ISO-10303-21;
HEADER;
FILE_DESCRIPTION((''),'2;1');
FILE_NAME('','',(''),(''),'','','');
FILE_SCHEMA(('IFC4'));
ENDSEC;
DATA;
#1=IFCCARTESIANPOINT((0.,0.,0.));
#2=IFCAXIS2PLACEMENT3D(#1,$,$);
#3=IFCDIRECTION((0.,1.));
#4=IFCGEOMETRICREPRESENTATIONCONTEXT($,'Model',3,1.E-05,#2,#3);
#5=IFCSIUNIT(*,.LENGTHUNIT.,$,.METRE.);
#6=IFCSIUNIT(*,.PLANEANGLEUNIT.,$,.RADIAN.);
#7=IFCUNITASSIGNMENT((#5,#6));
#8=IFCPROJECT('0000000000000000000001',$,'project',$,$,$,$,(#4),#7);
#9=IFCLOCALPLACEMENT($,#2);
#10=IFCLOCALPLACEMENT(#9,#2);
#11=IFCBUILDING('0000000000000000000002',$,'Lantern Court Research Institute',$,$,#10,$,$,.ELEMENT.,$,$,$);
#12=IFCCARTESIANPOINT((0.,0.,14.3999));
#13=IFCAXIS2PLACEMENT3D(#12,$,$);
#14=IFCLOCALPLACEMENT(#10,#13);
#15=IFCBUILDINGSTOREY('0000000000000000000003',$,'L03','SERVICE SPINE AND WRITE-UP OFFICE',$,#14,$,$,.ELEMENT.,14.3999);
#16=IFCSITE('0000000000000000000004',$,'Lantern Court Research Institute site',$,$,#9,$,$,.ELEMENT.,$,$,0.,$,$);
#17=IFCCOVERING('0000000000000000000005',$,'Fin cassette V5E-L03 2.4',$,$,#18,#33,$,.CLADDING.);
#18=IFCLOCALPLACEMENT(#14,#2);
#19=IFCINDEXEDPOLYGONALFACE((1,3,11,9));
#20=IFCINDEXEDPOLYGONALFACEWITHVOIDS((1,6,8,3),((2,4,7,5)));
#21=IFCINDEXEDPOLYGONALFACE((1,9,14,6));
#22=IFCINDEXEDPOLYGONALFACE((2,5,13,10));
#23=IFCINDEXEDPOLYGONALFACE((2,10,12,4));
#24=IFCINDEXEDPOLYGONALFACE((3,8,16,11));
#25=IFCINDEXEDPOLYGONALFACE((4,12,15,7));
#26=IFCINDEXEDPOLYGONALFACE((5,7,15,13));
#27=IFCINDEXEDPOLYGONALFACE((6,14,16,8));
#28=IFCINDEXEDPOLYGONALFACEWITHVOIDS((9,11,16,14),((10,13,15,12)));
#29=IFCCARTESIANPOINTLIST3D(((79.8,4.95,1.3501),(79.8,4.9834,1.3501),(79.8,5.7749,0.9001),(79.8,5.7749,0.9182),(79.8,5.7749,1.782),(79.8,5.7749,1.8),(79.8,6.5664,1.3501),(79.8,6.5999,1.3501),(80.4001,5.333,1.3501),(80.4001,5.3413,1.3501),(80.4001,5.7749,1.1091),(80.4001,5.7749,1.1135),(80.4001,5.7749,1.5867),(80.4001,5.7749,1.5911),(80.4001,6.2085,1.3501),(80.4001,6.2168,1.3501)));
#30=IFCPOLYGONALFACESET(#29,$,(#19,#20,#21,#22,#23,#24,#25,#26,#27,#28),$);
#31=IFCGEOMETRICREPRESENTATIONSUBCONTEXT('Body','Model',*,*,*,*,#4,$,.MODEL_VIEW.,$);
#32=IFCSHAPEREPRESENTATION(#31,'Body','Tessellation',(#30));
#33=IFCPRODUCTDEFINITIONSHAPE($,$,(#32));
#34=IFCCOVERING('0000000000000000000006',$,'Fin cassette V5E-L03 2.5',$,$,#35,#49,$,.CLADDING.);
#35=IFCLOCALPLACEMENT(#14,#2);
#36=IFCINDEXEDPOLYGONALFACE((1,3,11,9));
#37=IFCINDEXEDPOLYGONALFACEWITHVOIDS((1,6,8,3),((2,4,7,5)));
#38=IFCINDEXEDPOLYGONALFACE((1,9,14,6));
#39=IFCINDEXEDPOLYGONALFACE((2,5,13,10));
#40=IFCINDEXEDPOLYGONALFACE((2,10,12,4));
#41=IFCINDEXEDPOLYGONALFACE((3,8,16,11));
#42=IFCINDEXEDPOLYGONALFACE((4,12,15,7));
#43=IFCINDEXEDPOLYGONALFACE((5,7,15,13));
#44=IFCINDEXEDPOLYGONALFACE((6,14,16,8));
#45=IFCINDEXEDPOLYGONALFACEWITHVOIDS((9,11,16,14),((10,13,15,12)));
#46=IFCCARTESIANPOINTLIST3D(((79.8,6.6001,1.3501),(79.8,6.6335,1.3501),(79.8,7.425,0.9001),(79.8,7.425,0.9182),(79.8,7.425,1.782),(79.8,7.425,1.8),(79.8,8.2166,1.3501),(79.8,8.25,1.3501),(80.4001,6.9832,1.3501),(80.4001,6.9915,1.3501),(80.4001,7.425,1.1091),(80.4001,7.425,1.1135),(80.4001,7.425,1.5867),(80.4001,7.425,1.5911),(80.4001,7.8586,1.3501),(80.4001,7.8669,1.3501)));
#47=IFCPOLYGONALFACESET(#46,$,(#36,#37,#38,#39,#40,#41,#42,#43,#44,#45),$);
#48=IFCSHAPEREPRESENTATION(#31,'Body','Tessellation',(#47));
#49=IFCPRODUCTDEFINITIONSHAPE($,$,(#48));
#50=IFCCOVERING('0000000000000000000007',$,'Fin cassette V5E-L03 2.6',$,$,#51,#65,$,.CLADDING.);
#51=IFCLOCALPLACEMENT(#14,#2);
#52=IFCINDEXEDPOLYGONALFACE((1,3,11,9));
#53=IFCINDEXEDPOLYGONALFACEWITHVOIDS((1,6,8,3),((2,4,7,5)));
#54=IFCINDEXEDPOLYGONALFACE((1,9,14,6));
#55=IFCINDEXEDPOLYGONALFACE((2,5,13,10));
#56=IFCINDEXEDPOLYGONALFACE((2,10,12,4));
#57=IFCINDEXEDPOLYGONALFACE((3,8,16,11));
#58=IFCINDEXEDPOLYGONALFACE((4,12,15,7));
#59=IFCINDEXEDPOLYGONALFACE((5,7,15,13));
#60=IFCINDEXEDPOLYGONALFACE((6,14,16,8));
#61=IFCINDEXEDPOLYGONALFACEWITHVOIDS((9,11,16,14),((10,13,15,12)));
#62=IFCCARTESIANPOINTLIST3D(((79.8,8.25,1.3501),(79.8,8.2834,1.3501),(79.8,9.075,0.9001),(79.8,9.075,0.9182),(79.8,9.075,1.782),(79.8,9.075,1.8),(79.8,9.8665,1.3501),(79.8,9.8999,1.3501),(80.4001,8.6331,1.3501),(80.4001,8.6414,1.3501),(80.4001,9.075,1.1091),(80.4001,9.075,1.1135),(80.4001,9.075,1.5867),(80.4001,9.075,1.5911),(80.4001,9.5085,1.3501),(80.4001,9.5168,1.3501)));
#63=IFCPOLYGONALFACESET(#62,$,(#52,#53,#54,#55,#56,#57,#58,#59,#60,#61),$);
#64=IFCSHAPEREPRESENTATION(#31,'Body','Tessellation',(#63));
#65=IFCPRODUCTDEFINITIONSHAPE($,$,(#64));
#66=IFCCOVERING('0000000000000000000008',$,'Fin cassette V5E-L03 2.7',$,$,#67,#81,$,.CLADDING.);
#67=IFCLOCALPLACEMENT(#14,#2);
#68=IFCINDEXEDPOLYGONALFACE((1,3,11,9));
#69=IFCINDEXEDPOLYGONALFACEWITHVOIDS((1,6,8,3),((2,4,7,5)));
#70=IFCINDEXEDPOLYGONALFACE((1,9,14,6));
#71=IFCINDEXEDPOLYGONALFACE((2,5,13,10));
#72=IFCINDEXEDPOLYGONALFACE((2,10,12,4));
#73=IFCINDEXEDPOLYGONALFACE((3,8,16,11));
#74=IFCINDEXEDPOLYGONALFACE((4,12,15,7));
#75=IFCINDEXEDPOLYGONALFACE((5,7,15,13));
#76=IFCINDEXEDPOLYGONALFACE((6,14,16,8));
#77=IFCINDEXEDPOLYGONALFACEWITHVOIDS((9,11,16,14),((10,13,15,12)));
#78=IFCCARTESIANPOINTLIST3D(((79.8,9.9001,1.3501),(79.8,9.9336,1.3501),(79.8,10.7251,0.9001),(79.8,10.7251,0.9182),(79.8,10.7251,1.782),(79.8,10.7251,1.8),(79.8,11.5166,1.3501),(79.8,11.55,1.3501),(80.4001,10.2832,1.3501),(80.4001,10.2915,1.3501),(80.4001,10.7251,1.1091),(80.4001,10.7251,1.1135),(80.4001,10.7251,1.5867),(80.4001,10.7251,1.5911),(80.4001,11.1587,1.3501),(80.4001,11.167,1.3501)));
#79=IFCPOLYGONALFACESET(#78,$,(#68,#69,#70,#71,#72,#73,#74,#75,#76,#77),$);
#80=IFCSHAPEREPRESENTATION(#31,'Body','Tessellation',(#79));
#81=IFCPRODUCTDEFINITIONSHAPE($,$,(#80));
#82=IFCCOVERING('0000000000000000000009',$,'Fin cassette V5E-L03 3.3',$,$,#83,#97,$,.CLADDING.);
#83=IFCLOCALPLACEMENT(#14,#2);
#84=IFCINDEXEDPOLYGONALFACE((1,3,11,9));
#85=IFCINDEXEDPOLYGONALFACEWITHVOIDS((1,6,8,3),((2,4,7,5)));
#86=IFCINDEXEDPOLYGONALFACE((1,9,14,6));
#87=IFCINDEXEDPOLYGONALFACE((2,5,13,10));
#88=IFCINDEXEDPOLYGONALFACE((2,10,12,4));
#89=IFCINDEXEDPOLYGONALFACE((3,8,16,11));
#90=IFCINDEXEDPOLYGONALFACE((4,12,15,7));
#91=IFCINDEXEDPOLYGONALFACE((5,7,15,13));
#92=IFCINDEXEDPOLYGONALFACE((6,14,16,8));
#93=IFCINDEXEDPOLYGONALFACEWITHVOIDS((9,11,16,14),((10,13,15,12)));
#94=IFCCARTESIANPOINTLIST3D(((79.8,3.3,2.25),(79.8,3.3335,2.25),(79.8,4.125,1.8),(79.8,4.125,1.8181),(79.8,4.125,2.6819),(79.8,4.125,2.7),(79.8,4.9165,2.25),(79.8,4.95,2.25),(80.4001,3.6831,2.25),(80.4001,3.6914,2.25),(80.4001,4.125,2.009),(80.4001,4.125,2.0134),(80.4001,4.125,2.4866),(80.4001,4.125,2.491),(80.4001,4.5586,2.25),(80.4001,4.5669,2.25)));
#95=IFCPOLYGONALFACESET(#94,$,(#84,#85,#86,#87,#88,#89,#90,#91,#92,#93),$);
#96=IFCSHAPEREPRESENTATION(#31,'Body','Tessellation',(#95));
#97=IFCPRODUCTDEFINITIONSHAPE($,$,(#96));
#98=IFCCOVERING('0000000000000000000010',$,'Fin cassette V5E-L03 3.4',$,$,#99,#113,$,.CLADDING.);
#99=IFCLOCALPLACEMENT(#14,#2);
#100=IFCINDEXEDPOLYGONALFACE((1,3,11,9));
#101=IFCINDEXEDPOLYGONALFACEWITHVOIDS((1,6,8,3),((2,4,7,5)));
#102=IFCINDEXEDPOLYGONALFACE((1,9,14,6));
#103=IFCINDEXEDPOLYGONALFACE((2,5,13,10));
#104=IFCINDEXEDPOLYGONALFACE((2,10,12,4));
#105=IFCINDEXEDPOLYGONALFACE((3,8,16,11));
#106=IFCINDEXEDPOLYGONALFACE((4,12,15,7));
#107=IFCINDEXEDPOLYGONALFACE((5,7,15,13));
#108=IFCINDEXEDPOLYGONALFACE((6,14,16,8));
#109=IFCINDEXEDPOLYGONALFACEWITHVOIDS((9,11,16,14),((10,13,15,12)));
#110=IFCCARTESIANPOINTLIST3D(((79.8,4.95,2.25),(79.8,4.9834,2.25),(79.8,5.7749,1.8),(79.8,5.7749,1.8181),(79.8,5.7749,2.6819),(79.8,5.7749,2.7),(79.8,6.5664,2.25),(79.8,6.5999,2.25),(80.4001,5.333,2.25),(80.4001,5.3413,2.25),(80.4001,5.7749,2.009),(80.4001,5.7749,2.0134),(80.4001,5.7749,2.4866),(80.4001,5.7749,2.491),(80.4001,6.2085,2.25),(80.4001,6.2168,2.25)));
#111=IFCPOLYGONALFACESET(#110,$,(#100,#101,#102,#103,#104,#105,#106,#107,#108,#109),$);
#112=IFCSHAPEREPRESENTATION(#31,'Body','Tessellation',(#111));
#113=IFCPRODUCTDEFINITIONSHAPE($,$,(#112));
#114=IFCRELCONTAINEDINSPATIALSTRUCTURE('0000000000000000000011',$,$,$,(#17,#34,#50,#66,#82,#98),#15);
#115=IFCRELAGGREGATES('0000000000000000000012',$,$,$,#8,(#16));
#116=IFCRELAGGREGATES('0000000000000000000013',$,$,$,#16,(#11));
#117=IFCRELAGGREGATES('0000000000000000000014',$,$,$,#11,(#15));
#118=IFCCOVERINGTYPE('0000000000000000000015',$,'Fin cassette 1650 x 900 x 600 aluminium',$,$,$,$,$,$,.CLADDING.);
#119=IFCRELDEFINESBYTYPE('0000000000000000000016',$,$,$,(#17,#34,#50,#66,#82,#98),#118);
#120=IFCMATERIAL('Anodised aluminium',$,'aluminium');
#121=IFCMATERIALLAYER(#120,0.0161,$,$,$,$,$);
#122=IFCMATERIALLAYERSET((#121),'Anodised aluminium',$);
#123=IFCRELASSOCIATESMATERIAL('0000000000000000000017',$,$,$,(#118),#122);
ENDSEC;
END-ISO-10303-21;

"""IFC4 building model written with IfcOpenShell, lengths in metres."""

from ifc_helpers import new_model, entity, si_unit, direction, frame, origin, place, context, subcontext, project, spatial, material, layer, layer_set, type_object, element, save


model = new_model("IFC4")

# Units and contexts
model_context = context("Model", 3, precision=1e-05, world=origin(), true_north=direction((0.0, 1.0)))
body_context = subcontext(model_context, "Body", "Model", "MODEL_VIEW")
ifc_project = project(units=[si_unit("LENGTHUNIT", "METRE"), si_unit("PLANEANGLEUNIT", "RADIAN")], contexts=[model_context])

# Site, building, storey
site_placement = place(None, origin())
site = spatial("IfcSite", under=ifc_project, at=site_placement, Name="Lantern Court Research Institute site", CompositionType="ELEMENT", RefElevation=0.0)
building_placement = place(site_placement, origin())
building = spatial("IfcBuilding", under=site, at=building_placement, Name="Lantern Court Research Institute", CompositionType="ELEMENT")
storey_placement = place(building_placement, frame((0.0, 0.0, 14.3999)))
storey = spatial("IfcBuildingStorey", under=building, at=storey_placement, Name="L03", Description="SERVICE SPINE AND WRITE-UP OFFICE", CompositionType="ELEMENT", Elevation=14.3999)

# Coverings
ifc_material_1 = material(Name="Anodised aluminium", Category="aluminium")
ifc_layer_1 = layer(ifc_material_1, 0.0161)
ifc_layer_set_1 = layer_set([ifc_layer_1], Name="Anodised aluminium")
covering_type = type_object("IfcCoveringType", Name="Fin cassette 1650 x 900 x 600 aluminium", PredefinedType="CLADDING", material=ifc_layer_set_1)
covering_1_placement = place(storey_placement, frame((79.8, 5.7749, 1.3501), z_axis=(1.0, 0.0, 0.0), x_axis=(0.0, 1.0, 0.0)))
cartesian_point_1 = entity("IfcCartesianPoint", [0.825, 0.0])
cartesian_point_2 = entity("IfcCartesianPoint", [0.7915, 0.0])
cartesian_point_3 = entity("IfcCartesianPoint", [0.4419, 0.0])
cartesian_point_4 = entity("IfcCartesianPoint", [0.4336, 0.0])
element("IfcCovering", 1, at=covering_1_placement, inside=storey, type_object=covering_type, Name="Fin cassette V5E-L03 2.4", PredefinedType="CLADDING", context=body_context, shape_type="SweptSolid", body=[
    entity("IfcExtrudedAreaSolidTapered", entity("IfcArbitraryProfileDefWithVoids", "AREA", None, entity("IfcPolyline", [cartesian_point_1, entity("IfcCartesianPoint", [0.0, 0.45]), entity("IfcCartesianPoint", [-0.825, 0.0]), entity("IfcCartesianPoint", [0.0, -0.45]), cartesian_point_1]), [entity("IfcPolyline", [cartesian_point_2, entity("IfcCartesianPoint", [0.0, 0.4319]), entity("IfcCartesianPoint", [-0.7915, 0.0]), entity("IfcCartesianPoint", [0.0, -0.4319]), cartesian_point_2])]), entity("IfcAxis2Placement3D", entity("IfcCartesianPoint", [0.0, 0.0, 0.0])), entity("IfcDirection", [0.0, 0.0, 1.0]), 0.6001, entity("IfcArbitraryProfileDefWithVoids", "AREA", None, entity("IfcPolyline", [cartesian_point_3, entity("IfcCartesianPoint", [0.0, 0.241]), entity("IfcCartesianPoint", [-0.4419, 0.0]), entity("IfcCartesianPoint", [0.0, -0.241]), cartesian_point_3]), [entity("IfcPolyline", [cartesian_point_4, entity("IfcCartesianPoint", [0.0, 0.2366]), entity("IfcCartesianPoint", [-0.4336, 0.0]), entity("IfcCartesianPoint", [0.0, -0.2366]), cartesian_point_4])])),
])
covering_2_placement = place(storey_placement, frame((79.8, 7.425, 1.3501), z_axis=(1.0, 0.0, 0.0), x_axis=(0.0, 1.0, 0.0)))
cartesian_point_5 = entity("IfcCartesianPoint", [0.825, 0.0])
cartesian_point_6 = entity("IfcCartesianPoint", [0.7915, 0.0])
cartesian_point_7 = entity("IfcCartesianPoint", [0.4419, 0.0])
cartesian_point_8 = entity("IfcCartesianPoint", [0.4336, 0.0])
element("IfcCovering", 2, at=covering_2_placement, inside=storey, type_object=covering_type, Name="Fin cassette V5E-L03 2.5", PredefinedType="CLADDING", context=body_context, shape_type="SweptSolid", body=[
    entity("IfcExtrudedAreaSolidTapered", entity("IfcArbitraryProfileDefWithVoids", "AREA", None, entity("IfcPolyline", [cartesian_point_5, entity("IfcCartesianPoint", [0.0, 0.45]), entity("IfcCartesianPoint", [-0.825, 0.0]), entity("IfcCartesianPoint", [0.0, -0.45]), cartesian_point_5]), [entity("IfcPolyline", [cartesian_point_6, entity("IfcCartesianPoint", [0.0, 0.4319]), entity("IfcCartesianPoint", [-0.7915, 0.0]), entity("IfcCartesianPoint", [0.0, -0.4319]), cartesian_point_6])]), entity("IfcAxis2Placement3D", entity("IfcCartesianPoint", [0.0, 0.0, 0.0])), entity("IfcDirection", [0.0, 0.0, 1.0]), 0.6001, entity("IfcArbitraryProfileDefWithVoids", "AREA", None, entity("IfcPolyline", [cartesian_point_7, entity("IfcCartesianPoint", [0.0, 0.241]), entity("IfcCartesianPoint", [-0.4419, 0.0]), entity("IfcCartesianPoint", [0.0, -0.241]), cartesian_point_7]), [entity("IfcPolyline", [cartesian_point_8, entity("IfcCartesianPoint", [0.0, 0.2366]), entity("IfcCartesianPoint", [-0.4336, 0.0]), entity("IfcCartesianPoint", [0.0, -0.2366]), cartesian_point_8])])),
])
covering_3_placement = place(storey_placement, frame((79.8, 9.075, 1.3501), z_axis=(1.0, 0.0, 0.0), x_axis=(0.0, 1.0, 0.0)))
cartesian_point_9 = entity("IfcCartesianPoint", [0.825, 0.0])
cartesian_point_10 = entity("IfcCartesianPoint", [0.7915, 0.0])
cartesian_point_11 = entity("IfcCartesianPoint", [0.4419, 0.0])
cartesian_point_12 = entity("IfcCartesianPoint", [0.4336, 0.0])
element("IfcCovering", 3, at=covering_3_placement, inside=storey, type_object=covering_type, Name="Fin cassette V5E-L03 2.6", PredefinedType="CLADDING", context=body_context, shape_type="SweptSolid", body=[
    entity("IfcExtrudedAreaSolidTapered", entity("IfcArbitraryProfileDefWithVoids", "AREA", None, entity("IfcPolyline", [cartesian_point_9, entity("IfcCartesianPoint", [0.0, 0.45]), entity("IfcCartesianPoint", [-0.825, 0.0]), entity("IfcCartesianPoint", [0.0, -0.45]), cartesian_point_9]), [entity("IfcPolyline", [cartesian_point_10, entity("IfcCartesianPoint", [0.0, 0.4319]), entity("IfcCartesianPoint", [-0.7915, 0.0]), entity("IfcCartesianPoint", [0.0, -0.4319]), cartesian_point_10])]), entity("IfcAxis2Placement3D", entity("IfcCartesianPoint", [0.0, 0.0, 0.0])), entity("IfcDirection", [0.0, 0.0, 1.0]), 0.6001, entity("IfcArbitraryProfileDefWithVoids", "AREA", None, entity("IfcPolyline", [cartesian_point_11, entity("IfcCartesianPoint", [0.0, 0.241]), entity("IfcCartesianPoint", [-0.4419, 0.0]), entity("IfcCartesianPoint", [0.0, -0.241]), cartesian_point_11]), [entity("IfcPolyline", [cartesian_point_12, entity("IfcCartesianPoint", [0.0, 0.2366]), entity("IfcCartesianPoint", [-0.4336, 0.0]), entity("IfcCartesianPoint", [0.0, -0.2366]), cartesian_point_12])])),
])
covering_4_placement = place(storey_placement, frame((79.8, 10.7251, 1.3501), z_axis=(1.0, 0.0, 0.0), x_axis=(0.0, 1.0, 0.0)))
cartesian_point_13 = entity("IfcCartesianPoint", [0.825, 0.0])
cartesian_point_14 = entity("IfcCartesianPoint", [0.7915, 0.0])
cartesian_point_15 = entity("IfcCartesianPoint", [0.4419, 0.0])
cartesian_point_16 = entity("IfcCartesianPoint", [0.4336, 0.0])
element("IfcCovering", 4, at=covering_4_placement, inside=storey, type_object=covering_type, Name="Fin cassette V5E-L03 2.7", PredefinedType="CLADDING", context=body_context, shape_type="SweptSolid", body=[
    entity("IfcExtrudedAreaSolidTapered", entity("IfcArbitraryProfileDefWithVoids", "AREA", None, entity("IfcPolyline", [cartesian_point_13, entity("IfcCartesianPoint", [0.0, 0.45]), entity("IfcCartesianPoint", [-0.825, 0.0]), entity("IfcCartesianPoint", [0.0, -0.45]), cartesian_point_13]), [entity("IfcPolyline", [cartesian_point_14, entity("IfcCartesianPoint", [0.0, 0.4319]), entity("IfcCartesianPoint", [-0.7915, 0.0]), entity("IfcCartesianPoint", [0.0, -0.4319]), cartesian_point_14])]), entity("IfcAxis2Placement3D", entity("IfcCartesianPoint", [0.0, 0.0, 0.0])), entity("IfcDirection", [0.0, 0.0, 1.0]), 0.6001, entity("IfcArbitraryProfileDefWithVoids", "AREA", None, entity("IfcPolyline", [cartesian_point_15, entity("IfcCartesianPoint", [0.0, 0.241]), entity("IfcCartesianPoint", [-0.4419, 0.0]), entity("IfcCartesianPoint", [0.0, -0.241]), cartesian_point_15]), [entity("IfcPolyline", [cartesian_point_16, entity("IfcCartesianPoint", [0.0, 0.2366]), entity("IfcCartesianPoint", [-0.4336, 0.0]), entity("IfcCartesianPoint", [0.0, -0.2366]), cartesian_point_16])])),
])
covering_5_placement = place(storey_placement, frame((79.8, 4.125, 2.25), z_axis=(1.0, 0.0, 0.0), x_axis=(0.0, 1.0, 0.0)))
cartesian_point_17 = entity("IfcCartesianPoint", [0.825, 0.0])
cartesian_point_18 = entity("IfcCartesianPoint", [0.7915, 0.0])
cartesian_point_19 = entity("IfcCartesianPoint", [0.4419, 0.0])
cartesian_point_20 = entity("IfcCartesianPoint", [0.4336, 0.0])
element("IfcCovering", 5, at=covering_5_placement, inside=storey, type_object=covering_type, Name="Fin cassette V5E-L03 3.3", PredefinedType="CLADDING", context=body_context, shape_type="SweptSolid", body=[
    entity("IfcExtrudedAreaSolidTapered", entity("IfcArbitraryProfileDefWithVoids", "AREA", None, entity("IfcPolyline", [cartesian_point_17, entity("IfcCartesianPoint", [0.0, 0.45]), entity("IfcCartesianPoint", [-0.825, 0.0]), entity("IfcCartesianPoint", [0.0, -0.45]), cartesian_point_17]), [entity("IfcPolyline", [cartesian_point_18, entity("IfcCartesianPoint", [0.0, 0.4319]), entity("IfcCartesianPoint", [-0.7915, 0.0]), entity("IfcCartesianPoint", [0.0, -0.4319]), cartesian_point_18])]), entity("IfcAxis2Placement3D", entity("IfcCartesianPoint", [0.0, 0.0, 0.0])), entity("IfcDirection", [0.0, 0.0, 1.0]), 0.6001, entity("IfcArbitraryProfileDefWithVoids", "AREA", None, entity("IfcPolyline", [cartesian_point_19, entity("IfcCartesianPoint", [0.0, 0.241]), entity("IfcCartesianPoint", [-0.4419, 0.0]), entity("IfcCartesianPoint", [0.0, -0.241]), cartesian_point_19]), [entity("IfcPolyline", [cartesian_point_20, entity("IfcCartesianPoint", [0.0, 0.2366]), entity("IfcCartesianPoint", [-0.4336, 0.0]), entity("IfcCartesianPoint", [0.0, -0.2366]), cartesian_point_20])])),
])
covering_6_placement = place(storey_placement, frame((79.8, 5.7749, 2.25), z_axis=(1.0, 0.0, 0.0), x_axis=(0.0, 1.0, 0.0)))
cartesian_point_21 = entity("IfcCartesianPoint", [0.825, 0.0])
cartesian_point_22 = entity("IfcCartesianPoint", [0.7915, 0.0])
cartesian_point_23 = entity("IfcCartesianPoint", [0.4419, 0.0])
cartesian_point_24 = entity("IfcCartesianPoint", [0.4336, 0.0])
element("IfcCovering", 6, at=covering_6_placement, inside=storey, type_object=covering_type, Name="Fin cassette V5E-L03 3.4", PredefinedType="CLADDING", context=body_context, shape_type="SweptSolid", body=[
    entity("IfcExtrudedAreaSolidTapered", entity("IfcArbitraryProfileDefWithVoids", "AREA", None, entity("IfcPolyline", [cartesian_point_21, entity("IfcCartesianPoint", [0.0, 0.45]), entity("IfcCartesianPoint", [-0.825, 0.0]), entity("IfcCartesianPoint", [0.0, -0.45]), cartesian_point_21]), [entity("IfcPolyline", [cartesian_point_22, entity("IfcCartesianPoint", [0.0, 0.4319]), entity("IfcCartesianPoint", [-0.7915, 0.0]), entity("IfcCartesianPoint", [0.0, -0.4319]), cartesian_point_22])]), entity("IfcAxis2Placement3D", entity("IfcCartesianPoint", [0.0, 0.0, 0.0])), entity("IfcDirection", [0.0, 0.0, 1.0]), 0.6001, entity("IfcArbitraryProfileDefWithVoids", "AREA", None, entity("IfcPolyline", [cartesian_point_23, entity("IfcCartesianPoint", [0.0, 0.241]), entity("IfcCartesianPoint", [-0.4419, 0.0]), entity("IfcCartesianPoint", [0.0, -0.241]), cartesian_point_23]), [entity("IfcPolyline", [cartesian_point_24, entity("IfcCartesianPoint", [0.0, 0.2366]), entity("IfcCartesianPoint", [-0.4336, 0.0]), entity("IfcCartesianPoint", [0.0, -0.2366]), cartesian_point_24])])),
])

save(model, "model.ifc")
